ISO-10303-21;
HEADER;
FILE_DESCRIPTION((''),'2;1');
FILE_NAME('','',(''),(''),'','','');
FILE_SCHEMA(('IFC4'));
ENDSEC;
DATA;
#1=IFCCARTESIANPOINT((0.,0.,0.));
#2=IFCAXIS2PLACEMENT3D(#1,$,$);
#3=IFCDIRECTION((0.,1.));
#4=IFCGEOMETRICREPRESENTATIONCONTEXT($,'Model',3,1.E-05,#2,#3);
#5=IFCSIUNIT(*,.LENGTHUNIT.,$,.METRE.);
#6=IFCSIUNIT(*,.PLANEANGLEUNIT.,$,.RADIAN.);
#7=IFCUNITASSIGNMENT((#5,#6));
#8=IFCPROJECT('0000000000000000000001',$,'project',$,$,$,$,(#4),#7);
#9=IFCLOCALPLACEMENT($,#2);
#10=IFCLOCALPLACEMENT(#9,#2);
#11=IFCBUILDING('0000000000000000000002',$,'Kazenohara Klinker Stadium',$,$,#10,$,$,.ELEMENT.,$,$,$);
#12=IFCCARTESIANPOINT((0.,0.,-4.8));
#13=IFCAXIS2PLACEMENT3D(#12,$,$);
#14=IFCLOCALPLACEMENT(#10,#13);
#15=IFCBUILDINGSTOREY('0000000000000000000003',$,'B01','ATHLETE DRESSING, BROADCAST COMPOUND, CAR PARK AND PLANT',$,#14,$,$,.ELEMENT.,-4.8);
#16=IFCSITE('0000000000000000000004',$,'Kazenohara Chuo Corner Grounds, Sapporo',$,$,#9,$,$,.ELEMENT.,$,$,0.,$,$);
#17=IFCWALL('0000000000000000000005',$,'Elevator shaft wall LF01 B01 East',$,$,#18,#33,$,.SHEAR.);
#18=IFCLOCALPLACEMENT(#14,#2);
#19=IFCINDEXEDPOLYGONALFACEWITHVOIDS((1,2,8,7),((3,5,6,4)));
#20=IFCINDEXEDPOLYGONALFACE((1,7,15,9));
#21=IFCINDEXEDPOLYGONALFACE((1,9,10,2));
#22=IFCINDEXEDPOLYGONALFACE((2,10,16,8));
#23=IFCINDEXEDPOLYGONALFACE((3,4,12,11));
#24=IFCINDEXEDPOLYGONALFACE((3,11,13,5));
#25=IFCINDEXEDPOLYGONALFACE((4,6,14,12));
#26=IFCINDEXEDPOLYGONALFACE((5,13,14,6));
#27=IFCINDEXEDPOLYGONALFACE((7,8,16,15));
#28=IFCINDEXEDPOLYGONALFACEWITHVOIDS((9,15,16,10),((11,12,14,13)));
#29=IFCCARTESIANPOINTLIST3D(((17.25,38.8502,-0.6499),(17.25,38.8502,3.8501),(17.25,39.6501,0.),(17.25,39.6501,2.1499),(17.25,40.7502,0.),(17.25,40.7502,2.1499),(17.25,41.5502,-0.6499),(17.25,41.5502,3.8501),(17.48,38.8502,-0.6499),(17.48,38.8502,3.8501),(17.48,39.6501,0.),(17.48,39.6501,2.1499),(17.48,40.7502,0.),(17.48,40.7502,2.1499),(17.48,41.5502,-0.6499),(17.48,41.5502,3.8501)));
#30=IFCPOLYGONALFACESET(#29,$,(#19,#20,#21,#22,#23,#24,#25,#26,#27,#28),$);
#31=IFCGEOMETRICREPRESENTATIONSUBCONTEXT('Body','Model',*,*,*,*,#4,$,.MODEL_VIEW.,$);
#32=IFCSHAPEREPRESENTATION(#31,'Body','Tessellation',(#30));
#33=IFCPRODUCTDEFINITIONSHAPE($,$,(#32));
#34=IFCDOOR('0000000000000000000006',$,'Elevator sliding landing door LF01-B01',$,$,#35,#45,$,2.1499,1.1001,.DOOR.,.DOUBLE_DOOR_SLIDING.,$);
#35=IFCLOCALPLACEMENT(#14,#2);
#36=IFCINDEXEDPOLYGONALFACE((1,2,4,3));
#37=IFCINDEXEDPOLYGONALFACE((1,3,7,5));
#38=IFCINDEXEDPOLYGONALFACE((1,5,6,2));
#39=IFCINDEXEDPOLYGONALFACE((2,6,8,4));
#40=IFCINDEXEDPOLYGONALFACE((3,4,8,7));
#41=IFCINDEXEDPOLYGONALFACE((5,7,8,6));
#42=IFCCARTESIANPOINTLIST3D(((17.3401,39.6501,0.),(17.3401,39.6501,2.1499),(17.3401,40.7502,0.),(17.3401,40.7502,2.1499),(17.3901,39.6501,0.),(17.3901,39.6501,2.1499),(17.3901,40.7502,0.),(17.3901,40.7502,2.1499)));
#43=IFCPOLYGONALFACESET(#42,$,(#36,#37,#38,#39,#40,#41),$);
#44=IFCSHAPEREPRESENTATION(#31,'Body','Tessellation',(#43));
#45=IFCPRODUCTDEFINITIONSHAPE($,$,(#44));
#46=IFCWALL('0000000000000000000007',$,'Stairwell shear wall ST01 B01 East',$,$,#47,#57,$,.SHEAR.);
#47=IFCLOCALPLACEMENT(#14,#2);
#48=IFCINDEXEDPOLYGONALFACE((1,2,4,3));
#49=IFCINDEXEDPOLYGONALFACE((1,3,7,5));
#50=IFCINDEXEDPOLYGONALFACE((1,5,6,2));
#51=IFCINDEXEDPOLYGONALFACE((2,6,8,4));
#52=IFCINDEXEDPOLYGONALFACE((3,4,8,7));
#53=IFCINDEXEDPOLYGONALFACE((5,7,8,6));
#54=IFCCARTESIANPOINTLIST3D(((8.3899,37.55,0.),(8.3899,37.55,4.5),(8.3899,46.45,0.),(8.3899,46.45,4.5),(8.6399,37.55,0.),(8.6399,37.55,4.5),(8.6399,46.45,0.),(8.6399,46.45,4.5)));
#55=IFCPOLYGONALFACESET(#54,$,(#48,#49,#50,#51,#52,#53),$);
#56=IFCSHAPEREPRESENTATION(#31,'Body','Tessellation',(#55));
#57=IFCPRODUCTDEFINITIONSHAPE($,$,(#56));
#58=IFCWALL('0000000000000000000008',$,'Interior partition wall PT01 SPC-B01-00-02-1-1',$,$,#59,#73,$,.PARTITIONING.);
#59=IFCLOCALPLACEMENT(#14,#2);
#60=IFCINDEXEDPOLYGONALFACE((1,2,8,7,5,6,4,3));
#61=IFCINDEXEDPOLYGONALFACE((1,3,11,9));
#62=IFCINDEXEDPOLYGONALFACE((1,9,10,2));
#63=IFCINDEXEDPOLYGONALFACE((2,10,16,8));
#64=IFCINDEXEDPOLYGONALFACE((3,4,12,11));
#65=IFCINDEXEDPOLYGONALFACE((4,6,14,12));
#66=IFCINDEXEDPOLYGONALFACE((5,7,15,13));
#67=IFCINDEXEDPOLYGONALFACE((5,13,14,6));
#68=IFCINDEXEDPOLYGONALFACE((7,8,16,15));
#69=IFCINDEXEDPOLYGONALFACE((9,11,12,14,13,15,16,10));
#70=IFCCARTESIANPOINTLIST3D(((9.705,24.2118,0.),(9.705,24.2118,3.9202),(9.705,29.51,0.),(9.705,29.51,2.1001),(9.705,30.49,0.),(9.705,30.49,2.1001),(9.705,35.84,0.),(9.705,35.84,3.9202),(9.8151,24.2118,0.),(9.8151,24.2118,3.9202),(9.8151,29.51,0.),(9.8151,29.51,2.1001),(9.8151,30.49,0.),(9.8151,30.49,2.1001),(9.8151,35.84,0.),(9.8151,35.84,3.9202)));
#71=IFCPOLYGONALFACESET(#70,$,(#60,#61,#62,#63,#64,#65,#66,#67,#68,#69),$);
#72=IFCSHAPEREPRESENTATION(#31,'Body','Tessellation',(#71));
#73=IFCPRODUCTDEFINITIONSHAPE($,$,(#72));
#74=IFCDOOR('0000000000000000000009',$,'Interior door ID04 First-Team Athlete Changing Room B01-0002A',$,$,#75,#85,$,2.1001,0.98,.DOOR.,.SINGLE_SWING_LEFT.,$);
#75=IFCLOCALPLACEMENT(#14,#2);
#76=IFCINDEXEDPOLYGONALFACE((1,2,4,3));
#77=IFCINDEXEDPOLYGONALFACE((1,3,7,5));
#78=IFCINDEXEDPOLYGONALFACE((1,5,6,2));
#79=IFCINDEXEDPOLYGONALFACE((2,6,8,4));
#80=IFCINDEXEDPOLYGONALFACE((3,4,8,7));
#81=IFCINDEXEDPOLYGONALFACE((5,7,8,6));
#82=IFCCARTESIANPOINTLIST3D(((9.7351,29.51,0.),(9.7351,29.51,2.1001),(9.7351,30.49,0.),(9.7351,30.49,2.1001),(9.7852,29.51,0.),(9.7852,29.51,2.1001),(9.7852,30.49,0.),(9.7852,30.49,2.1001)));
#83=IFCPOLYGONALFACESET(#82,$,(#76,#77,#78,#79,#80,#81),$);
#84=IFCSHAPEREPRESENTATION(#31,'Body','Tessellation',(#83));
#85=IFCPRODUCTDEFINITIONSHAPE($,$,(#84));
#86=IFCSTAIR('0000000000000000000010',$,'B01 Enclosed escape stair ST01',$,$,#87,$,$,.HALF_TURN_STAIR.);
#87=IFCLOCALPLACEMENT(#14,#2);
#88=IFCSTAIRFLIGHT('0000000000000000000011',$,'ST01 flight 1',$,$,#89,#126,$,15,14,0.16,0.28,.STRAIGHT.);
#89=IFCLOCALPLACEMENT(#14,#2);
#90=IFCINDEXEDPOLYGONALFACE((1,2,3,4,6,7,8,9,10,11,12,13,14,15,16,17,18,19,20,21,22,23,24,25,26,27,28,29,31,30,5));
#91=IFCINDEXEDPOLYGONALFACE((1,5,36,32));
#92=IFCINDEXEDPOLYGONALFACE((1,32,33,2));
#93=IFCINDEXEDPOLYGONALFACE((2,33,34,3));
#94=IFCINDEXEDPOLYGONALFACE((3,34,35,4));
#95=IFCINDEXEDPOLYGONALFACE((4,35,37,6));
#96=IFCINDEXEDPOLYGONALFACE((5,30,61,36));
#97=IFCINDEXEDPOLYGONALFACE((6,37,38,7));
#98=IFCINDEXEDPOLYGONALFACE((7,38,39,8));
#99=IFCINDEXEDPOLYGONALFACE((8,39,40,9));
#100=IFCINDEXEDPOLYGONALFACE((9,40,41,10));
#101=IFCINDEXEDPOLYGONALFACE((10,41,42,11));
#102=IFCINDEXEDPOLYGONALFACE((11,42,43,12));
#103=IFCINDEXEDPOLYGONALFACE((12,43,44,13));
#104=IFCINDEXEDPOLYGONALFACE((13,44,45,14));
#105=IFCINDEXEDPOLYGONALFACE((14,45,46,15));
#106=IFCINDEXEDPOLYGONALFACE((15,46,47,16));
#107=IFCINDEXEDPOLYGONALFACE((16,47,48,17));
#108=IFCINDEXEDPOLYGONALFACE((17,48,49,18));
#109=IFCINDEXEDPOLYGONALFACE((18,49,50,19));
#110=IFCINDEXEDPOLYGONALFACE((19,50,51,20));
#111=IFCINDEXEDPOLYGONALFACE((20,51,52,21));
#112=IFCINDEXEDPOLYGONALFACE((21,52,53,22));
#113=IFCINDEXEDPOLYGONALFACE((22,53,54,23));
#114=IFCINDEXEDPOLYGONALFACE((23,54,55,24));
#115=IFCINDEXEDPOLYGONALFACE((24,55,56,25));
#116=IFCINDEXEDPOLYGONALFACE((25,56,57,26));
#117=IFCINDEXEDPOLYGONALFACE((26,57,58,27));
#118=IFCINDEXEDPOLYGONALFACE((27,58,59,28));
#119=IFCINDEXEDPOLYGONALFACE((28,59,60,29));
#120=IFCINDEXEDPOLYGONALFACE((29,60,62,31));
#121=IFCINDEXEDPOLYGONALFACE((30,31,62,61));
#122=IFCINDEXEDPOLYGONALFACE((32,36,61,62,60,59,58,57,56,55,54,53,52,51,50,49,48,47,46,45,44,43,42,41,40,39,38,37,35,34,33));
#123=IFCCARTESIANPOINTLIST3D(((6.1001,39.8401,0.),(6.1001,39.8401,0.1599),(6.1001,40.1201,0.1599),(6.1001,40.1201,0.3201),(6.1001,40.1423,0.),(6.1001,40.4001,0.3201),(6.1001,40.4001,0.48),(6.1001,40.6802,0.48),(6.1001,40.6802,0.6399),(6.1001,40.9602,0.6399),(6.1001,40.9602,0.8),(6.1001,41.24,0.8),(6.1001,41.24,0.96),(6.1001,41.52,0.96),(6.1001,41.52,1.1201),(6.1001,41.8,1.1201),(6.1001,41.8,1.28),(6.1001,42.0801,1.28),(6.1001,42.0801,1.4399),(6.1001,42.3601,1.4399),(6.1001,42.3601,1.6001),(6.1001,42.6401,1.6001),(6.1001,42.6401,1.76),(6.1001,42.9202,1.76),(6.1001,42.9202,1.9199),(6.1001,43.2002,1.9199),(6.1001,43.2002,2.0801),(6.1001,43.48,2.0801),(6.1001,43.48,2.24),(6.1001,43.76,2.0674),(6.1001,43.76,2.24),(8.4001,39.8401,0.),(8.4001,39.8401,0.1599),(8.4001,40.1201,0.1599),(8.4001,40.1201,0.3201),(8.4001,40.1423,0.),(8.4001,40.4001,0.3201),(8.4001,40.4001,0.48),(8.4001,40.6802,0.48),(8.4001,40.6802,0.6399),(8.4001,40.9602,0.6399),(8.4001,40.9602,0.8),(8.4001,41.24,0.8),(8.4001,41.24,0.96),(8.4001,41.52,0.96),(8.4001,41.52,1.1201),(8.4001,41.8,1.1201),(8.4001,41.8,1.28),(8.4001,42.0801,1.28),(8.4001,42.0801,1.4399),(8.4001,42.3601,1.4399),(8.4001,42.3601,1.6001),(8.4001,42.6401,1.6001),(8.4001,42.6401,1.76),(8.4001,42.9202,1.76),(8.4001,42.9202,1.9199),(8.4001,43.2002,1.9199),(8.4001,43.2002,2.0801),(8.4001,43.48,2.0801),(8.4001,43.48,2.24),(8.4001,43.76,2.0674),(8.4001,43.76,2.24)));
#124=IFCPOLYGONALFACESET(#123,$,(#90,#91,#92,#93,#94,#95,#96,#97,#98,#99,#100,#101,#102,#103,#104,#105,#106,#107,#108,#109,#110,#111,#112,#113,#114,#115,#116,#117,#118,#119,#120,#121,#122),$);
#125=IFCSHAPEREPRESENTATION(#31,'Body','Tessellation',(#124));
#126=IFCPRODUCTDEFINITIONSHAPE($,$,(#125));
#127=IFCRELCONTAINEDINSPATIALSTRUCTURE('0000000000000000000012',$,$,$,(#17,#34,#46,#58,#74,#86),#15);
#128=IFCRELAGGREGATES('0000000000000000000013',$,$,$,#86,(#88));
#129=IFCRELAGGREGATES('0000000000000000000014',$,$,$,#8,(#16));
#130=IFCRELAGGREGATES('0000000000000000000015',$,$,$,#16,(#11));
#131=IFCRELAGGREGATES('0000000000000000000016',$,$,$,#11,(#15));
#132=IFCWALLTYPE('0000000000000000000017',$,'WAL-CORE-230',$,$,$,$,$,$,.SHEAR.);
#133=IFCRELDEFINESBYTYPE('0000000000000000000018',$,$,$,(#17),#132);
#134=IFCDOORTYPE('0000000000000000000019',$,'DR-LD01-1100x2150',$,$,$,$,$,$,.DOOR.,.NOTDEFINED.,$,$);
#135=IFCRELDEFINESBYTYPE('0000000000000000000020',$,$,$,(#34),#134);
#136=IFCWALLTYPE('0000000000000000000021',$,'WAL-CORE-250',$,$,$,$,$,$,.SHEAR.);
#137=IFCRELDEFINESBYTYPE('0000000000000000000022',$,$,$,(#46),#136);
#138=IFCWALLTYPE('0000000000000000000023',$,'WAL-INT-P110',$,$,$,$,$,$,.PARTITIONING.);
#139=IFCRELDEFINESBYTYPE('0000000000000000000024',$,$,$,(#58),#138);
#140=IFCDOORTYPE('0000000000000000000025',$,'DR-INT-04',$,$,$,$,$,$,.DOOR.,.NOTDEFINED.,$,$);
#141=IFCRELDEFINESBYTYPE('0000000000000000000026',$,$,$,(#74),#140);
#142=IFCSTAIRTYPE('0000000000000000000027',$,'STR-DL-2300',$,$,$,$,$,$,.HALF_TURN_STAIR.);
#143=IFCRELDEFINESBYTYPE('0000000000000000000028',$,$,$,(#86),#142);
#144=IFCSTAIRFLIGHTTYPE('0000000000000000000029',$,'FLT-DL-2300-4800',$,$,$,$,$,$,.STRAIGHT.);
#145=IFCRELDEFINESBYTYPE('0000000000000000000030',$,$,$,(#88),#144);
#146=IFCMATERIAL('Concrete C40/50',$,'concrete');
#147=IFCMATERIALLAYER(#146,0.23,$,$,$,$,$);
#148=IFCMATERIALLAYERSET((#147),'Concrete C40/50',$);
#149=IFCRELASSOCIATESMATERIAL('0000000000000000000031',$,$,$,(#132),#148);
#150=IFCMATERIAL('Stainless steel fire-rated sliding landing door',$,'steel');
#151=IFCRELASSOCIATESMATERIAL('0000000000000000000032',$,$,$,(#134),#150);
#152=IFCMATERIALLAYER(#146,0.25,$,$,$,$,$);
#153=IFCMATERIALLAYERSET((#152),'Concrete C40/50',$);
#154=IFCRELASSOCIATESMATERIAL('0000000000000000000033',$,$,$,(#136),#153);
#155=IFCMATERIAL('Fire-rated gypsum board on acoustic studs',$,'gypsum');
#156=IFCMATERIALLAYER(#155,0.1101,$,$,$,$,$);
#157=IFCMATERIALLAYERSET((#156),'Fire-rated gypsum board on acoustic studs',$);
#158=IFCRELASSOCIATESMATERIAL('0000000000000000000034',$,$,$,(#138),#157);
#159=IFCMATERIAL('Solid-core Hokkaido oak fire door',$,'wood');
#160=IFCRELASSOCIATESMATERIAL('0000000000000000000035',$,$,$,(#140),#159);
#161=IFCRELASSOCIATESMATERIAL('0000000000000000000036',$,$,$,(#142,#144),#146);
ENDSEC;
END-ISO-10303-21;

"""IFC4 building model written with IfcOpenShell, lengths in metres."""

from ifc_helpers import new_model, si_unit, direction, frame, frame_2d, origin, place, context, subcontext, project, spatial, polyline, rectangle, outline, extrude, material, layer, layer_set, type_object, element, fill, aggregate, save


model = new_model("IFC4")

# Units and contexts
model_context = context("Model", 3, precision=1e-05, world=origin(), true_north=direction((0.0, 1.0)))
body_context = subcontext(model_context, "Body", "Model", "MODEL_VIEW")
ifc_project = project(units=[si_unit("LENGTHUNIT", "METRE"), si_unit("PLANEANGLEUNIT", "RADIAN")], contexts=[model_context])

# Site, building, storey
site_placement = place(None, origin())
site = spatial("IfcSite", under=ifc_project, at=site_placement, Name="Kazenohara Chuo Corner Grounds, Sapporo", CompositionType="ELEMENT", RefElevation=0.0)
building_placement = place(site_placement, origin())
building = spatial("IfcBuilding", under=site, at=building_placement, Name="Kazenohara Klinker Stadium", CompositionType="ELEMENT")
storey_placement = place(building_placement, frame((0.0, 0.0, -4.8)))
storey = spatial("IfcBuildingStorey", under=building, at=storey_placement, Name="B01", Description="ATHLETE DRESSING, BROADCAST COMPOUND, CAR PARK AND PLANT", CompositionType="ELEMENT", Elevation=-4.8)

# Shared definitions
ifc_material_1 = material(Name="Concrete C40/50", Category="concrete")

# Shared definitions
ifc_layer_1 = layer(ifc_material_1, 0.23)
ifc_layer_set_1 = layer_set([ifc_layer_1], Name="Concrete C40/50")
wall_type_1 = type_object("IfcWallType", Name="WAL-CORE-230", PredefinedType="SHEAR", material=ifc_layer_set_1)

# Wall, opening, door
wall_1_placement = place(storey_placement, frame((17.365, 38.8501, -0.6499), z_axis=(0.0, 0.0, 1.0), x_axis=(0.0, 1.0, 0.0)))
wall_1 = element("IfcWall", 1, at=wall_1_placement, inside=storey, type_object=wall_type_1, Name="Elevator shaft wall LF01 B01 East", PredefinedType="SHEAR", context=body_context, shape_type="SweptSolid", body=[
    extrude(rectangle(XDim=2.7, YDim=0.23, at=frame_2d((1.3501, 0.0))), origin(), (0.0, 0.0, 1.0), 4.5),
])
opening_1_placement = place(wall_1_placement, frame((0.8, 0.0, 0.6499)))
opening_1 = element("IfcOpeningElement", 2, at=opening_1_placement, cuts=wall_1, PredefinedType="OPENING", context=body_context, shape_type="SweptSolid", body=[
    extrude(rectangle(XDim=1.1001, YDim=2.1499, at=frame_2d((0.55, 1.075))), frame((0.0, 0.125, 0.0), z_axis=(0.0, -1.0, 0.0), x_axis=(1.0, 0.0, 0.0)), (0.0, 0.0, 1.0), 0.25),
])
ifc_material_2 = material(Name="Stainless steel fire-rated sliding landing door", Category="steel")
door_type_1 = type_object("IfcDoorType", Name="DR-LD01-1100x2150", OperationType="NOTDEFINED", PredefinedType="DOOR", material=ifc_material_2)
door_1_placement = place(opening_1_placement, origin())
door_1 = element("IfcDoor", 3, at=door_1_placement, inside=storey, type_object=door_type_1, Name="Elevator sliding landing door LF01-B01", OperationType="DOUBLE_DOOR_SLIDING", OverallHeight=2.1499, OverallWidth=1.1001, PredefinedType="DOOR", context=body_context, shape_type="SweptSolid", body=[
    extrude(rectangle(XDim=1.1001, YDim=2.1499, at=frame_2d((0.55, 1.075))), frame((0.0, 0.0249, 0.0), z_axis=(0.0, -1.0, 0.0), x_axis=(1.0, 0.0, 0.0)), (0.0, 0.0, 1.0), 0.05),
])
fill(opening_1, door_1)

# Wall
ifc_layer_2 = layer(ifc_material_1, 0.25)
ifc_layer_set_2 = layer_set([ifc_layer_2], Name="Concrete C40/50")
wall_type_2 = type_object("IfcWallType", Name="WAL-CORE-250", PredefinedType="SHEAR", material=ifc_layer_set_2)
wall_2_placement = place(storey_placement, frame((8.5149, 37.55, 0.0), z_axis=(0.0, 0.0, 1.0), x_axis=(0.0, 1.0, 0.0)))
element("IfcWall", 4, at=wall_2_placement, inside=storey, type_object=wall_type_2, Name="Stairwell shear wall ST01 B01 East", PredefinedType="SHEAR", context=body_context, shape_type="SweptSolid", body=[
    extrude(rectangle(XDim=8.8999, YDim=0.25, at=frame_2d((4.45, 0.0))), origin(), (0.0, 0.0, 1.0), 4.5),
])

# Wall, opening, door
ifc_material_3 = material(Name="Fire-rated gypsum board on acoustic studs", Category="gypsum")
ifc_layer_3 = layer(ifc_material_3, 0.1101)
ifc_layer_set_3 = layer_set([ifc_layer_3], Name="Fire-rated gypsum board on acoustic studs")
wall_type_3 = type_object("IfcWallType", Name="WAL-INT-P110", PredefinedType="PARTITIONING", material=ifc_layer_set_3)
wall_3_placement = place(storey_placement, frame((9.76, 24.2119, 0.0), z_axis=(0.0, 0.0, 1.0), x_axis=(0.0, 1.0, 0.0)))
wall_3 = element("IfcWall", 5, at=wall_3_placement, inside=storey, type_object=wall_type_3, Name="Interior partition wall PT01 SPC-B01-00-02-1-1", PredefinedType="PARTITIONING", context=body_context, shape_type="SweptSolid", body=[
    extrude(rectangle(XDim=11.6282, YDim=0.1101, at=frame_2d((5.814, 0.0))), origin(), (0.0, 0.0, 1.0), 3.9202),
])
opening_2_placement = place(wall_3_placement, frame((5.2981, 0.0, 0.0)))
opening_2 = element("IfcOpeningElement", 6, at=opening_2_placement, cuts=wall_3, PredefinedType="OPENING", context=body_context, shape_type="SweptSolid", body=[
    extrude(rectangle(XDim=0.98, YDim=2.1001, at=frame_2d((0.49, 1.05))), frame((0.0, 0.0649, 0.0), z_axis=(0.0, -1.0, 0.0), x_axis=(1.0, 0.0, 0.0)), (0.0, 0.0, 1.0), 0.1301),
])
ifc_material_4 = material(Name="Solid-core Hokkaido oak fire door", Category="wood")
door_type_2 = type_object("IfcDoorType", Name="DR-INT-04", OperationType="NOTDEFINED", PredefinedType="DOOR", material=ifc_material_4)
door_2_placement = place(opening_2_placement, origin())
door_2 = element("IfcDoor", 7, at=door_2_placement, inside=storey, type_object=door_type_2, Name="Interior door ID04 First-Team Athlete Changing Room B01-0002A", OperationType="SINGLE_SWING_LEFT", OverallHeight=2.1001, OverallWidth=0.98, PredefinedType="DOOR", context=body_context, shape_type="SweptSolid", body=[
    extrude(rectangle(XDim=0.98, YDim=2.1001, at=frame_2d((0.49, 1.05))), frame((0.0, 0.0249, 0.0), z_axis=(0.0, -1.0, 0.0), x_axis=(1.0, 0.0, 0.0)), (0.0, 0.0, 1.0), 0.05),
])
fill(opening_2, door_2)

# Stair, stair flight
stair_type = type_object("IfcStairType", Name="STR-DL-2300", PredefinedType="HALF_TURN_STAIR", material=ifc_material_1)
stair_placement = place(storey_placement, origin())
stair = element("IfcStair", 8, at=stair_placement, inside=storey, type_object=stair_type, Name="B01 Enclosed escape stair ST01", PredefinedType="HALF_TURN_STAIR")
stair_flight_type = type_object("IfcStairFlightType", Name="FLT-DL-2300-4800", PredefinedType="STRAIGHT", material=ifc_material_1)
stair_flight_placement = place(storey_placement, frame((7.25, 39.8401, 0.0), z_axis=(0.0, 0.0, 1.0), x_axis=(0.0, 1.0, 0.0)))
stair_flight = element("IfcStairFlight", 9, at=stair_flight_placement, type_object=stair_flight_type, Name="ST01 flight 1", NumberOfRisers=15, NumberOfTreads=14, PredefinedType="STRAIGHT", RiserHeight=0.16, TreadLength=0.28, context=body_context, shape_type="SweptSolid", body=[
    extrude(outline(polyline([(0.0, 0.0), (0.0, 0.1599), (0.28, 0.1599), (0.28, 0.3201), (0.5601, 0.3201), (0.5601, 0.48), (0.8401, 0.48), (0.8401, 0.6399), (1.1201, 0.6399), (1.1201, 0.8), (1.3999, 0.8), (1.3999, 0.96), (1.6799, 0.96), (1.6799, 1.1201), (1.96, 1.1201), (1.96, 1.28), (2.24, 1.28), (2.24, 1.4399), (2.52, 1.4399), (2.52, 1.6001), (2.8, 1.6001), (2.8, 1.76), (3.0801, 1.76), (3.0801, 1.9199), (3.3601, 1.9199), (3.3601, 2.0801), (3.6399, 2.0801), (3.6399, 2.24), (3.9199, 2.24), (3.9199, 2.3999), (3.9199, 2.0674), (0.3022, 0.0), (0.0, 0.0)])), frame((0.0, 1.1499, 0.0), z_axis=(0.0, -1.0, 0.0), x_axis=(1.0, 0.0, 0.0)), (0.0, 0.0, 1.0), 2.3),
])
aggregate(stair, [stair_flight])

save(model, "model.ifc")
